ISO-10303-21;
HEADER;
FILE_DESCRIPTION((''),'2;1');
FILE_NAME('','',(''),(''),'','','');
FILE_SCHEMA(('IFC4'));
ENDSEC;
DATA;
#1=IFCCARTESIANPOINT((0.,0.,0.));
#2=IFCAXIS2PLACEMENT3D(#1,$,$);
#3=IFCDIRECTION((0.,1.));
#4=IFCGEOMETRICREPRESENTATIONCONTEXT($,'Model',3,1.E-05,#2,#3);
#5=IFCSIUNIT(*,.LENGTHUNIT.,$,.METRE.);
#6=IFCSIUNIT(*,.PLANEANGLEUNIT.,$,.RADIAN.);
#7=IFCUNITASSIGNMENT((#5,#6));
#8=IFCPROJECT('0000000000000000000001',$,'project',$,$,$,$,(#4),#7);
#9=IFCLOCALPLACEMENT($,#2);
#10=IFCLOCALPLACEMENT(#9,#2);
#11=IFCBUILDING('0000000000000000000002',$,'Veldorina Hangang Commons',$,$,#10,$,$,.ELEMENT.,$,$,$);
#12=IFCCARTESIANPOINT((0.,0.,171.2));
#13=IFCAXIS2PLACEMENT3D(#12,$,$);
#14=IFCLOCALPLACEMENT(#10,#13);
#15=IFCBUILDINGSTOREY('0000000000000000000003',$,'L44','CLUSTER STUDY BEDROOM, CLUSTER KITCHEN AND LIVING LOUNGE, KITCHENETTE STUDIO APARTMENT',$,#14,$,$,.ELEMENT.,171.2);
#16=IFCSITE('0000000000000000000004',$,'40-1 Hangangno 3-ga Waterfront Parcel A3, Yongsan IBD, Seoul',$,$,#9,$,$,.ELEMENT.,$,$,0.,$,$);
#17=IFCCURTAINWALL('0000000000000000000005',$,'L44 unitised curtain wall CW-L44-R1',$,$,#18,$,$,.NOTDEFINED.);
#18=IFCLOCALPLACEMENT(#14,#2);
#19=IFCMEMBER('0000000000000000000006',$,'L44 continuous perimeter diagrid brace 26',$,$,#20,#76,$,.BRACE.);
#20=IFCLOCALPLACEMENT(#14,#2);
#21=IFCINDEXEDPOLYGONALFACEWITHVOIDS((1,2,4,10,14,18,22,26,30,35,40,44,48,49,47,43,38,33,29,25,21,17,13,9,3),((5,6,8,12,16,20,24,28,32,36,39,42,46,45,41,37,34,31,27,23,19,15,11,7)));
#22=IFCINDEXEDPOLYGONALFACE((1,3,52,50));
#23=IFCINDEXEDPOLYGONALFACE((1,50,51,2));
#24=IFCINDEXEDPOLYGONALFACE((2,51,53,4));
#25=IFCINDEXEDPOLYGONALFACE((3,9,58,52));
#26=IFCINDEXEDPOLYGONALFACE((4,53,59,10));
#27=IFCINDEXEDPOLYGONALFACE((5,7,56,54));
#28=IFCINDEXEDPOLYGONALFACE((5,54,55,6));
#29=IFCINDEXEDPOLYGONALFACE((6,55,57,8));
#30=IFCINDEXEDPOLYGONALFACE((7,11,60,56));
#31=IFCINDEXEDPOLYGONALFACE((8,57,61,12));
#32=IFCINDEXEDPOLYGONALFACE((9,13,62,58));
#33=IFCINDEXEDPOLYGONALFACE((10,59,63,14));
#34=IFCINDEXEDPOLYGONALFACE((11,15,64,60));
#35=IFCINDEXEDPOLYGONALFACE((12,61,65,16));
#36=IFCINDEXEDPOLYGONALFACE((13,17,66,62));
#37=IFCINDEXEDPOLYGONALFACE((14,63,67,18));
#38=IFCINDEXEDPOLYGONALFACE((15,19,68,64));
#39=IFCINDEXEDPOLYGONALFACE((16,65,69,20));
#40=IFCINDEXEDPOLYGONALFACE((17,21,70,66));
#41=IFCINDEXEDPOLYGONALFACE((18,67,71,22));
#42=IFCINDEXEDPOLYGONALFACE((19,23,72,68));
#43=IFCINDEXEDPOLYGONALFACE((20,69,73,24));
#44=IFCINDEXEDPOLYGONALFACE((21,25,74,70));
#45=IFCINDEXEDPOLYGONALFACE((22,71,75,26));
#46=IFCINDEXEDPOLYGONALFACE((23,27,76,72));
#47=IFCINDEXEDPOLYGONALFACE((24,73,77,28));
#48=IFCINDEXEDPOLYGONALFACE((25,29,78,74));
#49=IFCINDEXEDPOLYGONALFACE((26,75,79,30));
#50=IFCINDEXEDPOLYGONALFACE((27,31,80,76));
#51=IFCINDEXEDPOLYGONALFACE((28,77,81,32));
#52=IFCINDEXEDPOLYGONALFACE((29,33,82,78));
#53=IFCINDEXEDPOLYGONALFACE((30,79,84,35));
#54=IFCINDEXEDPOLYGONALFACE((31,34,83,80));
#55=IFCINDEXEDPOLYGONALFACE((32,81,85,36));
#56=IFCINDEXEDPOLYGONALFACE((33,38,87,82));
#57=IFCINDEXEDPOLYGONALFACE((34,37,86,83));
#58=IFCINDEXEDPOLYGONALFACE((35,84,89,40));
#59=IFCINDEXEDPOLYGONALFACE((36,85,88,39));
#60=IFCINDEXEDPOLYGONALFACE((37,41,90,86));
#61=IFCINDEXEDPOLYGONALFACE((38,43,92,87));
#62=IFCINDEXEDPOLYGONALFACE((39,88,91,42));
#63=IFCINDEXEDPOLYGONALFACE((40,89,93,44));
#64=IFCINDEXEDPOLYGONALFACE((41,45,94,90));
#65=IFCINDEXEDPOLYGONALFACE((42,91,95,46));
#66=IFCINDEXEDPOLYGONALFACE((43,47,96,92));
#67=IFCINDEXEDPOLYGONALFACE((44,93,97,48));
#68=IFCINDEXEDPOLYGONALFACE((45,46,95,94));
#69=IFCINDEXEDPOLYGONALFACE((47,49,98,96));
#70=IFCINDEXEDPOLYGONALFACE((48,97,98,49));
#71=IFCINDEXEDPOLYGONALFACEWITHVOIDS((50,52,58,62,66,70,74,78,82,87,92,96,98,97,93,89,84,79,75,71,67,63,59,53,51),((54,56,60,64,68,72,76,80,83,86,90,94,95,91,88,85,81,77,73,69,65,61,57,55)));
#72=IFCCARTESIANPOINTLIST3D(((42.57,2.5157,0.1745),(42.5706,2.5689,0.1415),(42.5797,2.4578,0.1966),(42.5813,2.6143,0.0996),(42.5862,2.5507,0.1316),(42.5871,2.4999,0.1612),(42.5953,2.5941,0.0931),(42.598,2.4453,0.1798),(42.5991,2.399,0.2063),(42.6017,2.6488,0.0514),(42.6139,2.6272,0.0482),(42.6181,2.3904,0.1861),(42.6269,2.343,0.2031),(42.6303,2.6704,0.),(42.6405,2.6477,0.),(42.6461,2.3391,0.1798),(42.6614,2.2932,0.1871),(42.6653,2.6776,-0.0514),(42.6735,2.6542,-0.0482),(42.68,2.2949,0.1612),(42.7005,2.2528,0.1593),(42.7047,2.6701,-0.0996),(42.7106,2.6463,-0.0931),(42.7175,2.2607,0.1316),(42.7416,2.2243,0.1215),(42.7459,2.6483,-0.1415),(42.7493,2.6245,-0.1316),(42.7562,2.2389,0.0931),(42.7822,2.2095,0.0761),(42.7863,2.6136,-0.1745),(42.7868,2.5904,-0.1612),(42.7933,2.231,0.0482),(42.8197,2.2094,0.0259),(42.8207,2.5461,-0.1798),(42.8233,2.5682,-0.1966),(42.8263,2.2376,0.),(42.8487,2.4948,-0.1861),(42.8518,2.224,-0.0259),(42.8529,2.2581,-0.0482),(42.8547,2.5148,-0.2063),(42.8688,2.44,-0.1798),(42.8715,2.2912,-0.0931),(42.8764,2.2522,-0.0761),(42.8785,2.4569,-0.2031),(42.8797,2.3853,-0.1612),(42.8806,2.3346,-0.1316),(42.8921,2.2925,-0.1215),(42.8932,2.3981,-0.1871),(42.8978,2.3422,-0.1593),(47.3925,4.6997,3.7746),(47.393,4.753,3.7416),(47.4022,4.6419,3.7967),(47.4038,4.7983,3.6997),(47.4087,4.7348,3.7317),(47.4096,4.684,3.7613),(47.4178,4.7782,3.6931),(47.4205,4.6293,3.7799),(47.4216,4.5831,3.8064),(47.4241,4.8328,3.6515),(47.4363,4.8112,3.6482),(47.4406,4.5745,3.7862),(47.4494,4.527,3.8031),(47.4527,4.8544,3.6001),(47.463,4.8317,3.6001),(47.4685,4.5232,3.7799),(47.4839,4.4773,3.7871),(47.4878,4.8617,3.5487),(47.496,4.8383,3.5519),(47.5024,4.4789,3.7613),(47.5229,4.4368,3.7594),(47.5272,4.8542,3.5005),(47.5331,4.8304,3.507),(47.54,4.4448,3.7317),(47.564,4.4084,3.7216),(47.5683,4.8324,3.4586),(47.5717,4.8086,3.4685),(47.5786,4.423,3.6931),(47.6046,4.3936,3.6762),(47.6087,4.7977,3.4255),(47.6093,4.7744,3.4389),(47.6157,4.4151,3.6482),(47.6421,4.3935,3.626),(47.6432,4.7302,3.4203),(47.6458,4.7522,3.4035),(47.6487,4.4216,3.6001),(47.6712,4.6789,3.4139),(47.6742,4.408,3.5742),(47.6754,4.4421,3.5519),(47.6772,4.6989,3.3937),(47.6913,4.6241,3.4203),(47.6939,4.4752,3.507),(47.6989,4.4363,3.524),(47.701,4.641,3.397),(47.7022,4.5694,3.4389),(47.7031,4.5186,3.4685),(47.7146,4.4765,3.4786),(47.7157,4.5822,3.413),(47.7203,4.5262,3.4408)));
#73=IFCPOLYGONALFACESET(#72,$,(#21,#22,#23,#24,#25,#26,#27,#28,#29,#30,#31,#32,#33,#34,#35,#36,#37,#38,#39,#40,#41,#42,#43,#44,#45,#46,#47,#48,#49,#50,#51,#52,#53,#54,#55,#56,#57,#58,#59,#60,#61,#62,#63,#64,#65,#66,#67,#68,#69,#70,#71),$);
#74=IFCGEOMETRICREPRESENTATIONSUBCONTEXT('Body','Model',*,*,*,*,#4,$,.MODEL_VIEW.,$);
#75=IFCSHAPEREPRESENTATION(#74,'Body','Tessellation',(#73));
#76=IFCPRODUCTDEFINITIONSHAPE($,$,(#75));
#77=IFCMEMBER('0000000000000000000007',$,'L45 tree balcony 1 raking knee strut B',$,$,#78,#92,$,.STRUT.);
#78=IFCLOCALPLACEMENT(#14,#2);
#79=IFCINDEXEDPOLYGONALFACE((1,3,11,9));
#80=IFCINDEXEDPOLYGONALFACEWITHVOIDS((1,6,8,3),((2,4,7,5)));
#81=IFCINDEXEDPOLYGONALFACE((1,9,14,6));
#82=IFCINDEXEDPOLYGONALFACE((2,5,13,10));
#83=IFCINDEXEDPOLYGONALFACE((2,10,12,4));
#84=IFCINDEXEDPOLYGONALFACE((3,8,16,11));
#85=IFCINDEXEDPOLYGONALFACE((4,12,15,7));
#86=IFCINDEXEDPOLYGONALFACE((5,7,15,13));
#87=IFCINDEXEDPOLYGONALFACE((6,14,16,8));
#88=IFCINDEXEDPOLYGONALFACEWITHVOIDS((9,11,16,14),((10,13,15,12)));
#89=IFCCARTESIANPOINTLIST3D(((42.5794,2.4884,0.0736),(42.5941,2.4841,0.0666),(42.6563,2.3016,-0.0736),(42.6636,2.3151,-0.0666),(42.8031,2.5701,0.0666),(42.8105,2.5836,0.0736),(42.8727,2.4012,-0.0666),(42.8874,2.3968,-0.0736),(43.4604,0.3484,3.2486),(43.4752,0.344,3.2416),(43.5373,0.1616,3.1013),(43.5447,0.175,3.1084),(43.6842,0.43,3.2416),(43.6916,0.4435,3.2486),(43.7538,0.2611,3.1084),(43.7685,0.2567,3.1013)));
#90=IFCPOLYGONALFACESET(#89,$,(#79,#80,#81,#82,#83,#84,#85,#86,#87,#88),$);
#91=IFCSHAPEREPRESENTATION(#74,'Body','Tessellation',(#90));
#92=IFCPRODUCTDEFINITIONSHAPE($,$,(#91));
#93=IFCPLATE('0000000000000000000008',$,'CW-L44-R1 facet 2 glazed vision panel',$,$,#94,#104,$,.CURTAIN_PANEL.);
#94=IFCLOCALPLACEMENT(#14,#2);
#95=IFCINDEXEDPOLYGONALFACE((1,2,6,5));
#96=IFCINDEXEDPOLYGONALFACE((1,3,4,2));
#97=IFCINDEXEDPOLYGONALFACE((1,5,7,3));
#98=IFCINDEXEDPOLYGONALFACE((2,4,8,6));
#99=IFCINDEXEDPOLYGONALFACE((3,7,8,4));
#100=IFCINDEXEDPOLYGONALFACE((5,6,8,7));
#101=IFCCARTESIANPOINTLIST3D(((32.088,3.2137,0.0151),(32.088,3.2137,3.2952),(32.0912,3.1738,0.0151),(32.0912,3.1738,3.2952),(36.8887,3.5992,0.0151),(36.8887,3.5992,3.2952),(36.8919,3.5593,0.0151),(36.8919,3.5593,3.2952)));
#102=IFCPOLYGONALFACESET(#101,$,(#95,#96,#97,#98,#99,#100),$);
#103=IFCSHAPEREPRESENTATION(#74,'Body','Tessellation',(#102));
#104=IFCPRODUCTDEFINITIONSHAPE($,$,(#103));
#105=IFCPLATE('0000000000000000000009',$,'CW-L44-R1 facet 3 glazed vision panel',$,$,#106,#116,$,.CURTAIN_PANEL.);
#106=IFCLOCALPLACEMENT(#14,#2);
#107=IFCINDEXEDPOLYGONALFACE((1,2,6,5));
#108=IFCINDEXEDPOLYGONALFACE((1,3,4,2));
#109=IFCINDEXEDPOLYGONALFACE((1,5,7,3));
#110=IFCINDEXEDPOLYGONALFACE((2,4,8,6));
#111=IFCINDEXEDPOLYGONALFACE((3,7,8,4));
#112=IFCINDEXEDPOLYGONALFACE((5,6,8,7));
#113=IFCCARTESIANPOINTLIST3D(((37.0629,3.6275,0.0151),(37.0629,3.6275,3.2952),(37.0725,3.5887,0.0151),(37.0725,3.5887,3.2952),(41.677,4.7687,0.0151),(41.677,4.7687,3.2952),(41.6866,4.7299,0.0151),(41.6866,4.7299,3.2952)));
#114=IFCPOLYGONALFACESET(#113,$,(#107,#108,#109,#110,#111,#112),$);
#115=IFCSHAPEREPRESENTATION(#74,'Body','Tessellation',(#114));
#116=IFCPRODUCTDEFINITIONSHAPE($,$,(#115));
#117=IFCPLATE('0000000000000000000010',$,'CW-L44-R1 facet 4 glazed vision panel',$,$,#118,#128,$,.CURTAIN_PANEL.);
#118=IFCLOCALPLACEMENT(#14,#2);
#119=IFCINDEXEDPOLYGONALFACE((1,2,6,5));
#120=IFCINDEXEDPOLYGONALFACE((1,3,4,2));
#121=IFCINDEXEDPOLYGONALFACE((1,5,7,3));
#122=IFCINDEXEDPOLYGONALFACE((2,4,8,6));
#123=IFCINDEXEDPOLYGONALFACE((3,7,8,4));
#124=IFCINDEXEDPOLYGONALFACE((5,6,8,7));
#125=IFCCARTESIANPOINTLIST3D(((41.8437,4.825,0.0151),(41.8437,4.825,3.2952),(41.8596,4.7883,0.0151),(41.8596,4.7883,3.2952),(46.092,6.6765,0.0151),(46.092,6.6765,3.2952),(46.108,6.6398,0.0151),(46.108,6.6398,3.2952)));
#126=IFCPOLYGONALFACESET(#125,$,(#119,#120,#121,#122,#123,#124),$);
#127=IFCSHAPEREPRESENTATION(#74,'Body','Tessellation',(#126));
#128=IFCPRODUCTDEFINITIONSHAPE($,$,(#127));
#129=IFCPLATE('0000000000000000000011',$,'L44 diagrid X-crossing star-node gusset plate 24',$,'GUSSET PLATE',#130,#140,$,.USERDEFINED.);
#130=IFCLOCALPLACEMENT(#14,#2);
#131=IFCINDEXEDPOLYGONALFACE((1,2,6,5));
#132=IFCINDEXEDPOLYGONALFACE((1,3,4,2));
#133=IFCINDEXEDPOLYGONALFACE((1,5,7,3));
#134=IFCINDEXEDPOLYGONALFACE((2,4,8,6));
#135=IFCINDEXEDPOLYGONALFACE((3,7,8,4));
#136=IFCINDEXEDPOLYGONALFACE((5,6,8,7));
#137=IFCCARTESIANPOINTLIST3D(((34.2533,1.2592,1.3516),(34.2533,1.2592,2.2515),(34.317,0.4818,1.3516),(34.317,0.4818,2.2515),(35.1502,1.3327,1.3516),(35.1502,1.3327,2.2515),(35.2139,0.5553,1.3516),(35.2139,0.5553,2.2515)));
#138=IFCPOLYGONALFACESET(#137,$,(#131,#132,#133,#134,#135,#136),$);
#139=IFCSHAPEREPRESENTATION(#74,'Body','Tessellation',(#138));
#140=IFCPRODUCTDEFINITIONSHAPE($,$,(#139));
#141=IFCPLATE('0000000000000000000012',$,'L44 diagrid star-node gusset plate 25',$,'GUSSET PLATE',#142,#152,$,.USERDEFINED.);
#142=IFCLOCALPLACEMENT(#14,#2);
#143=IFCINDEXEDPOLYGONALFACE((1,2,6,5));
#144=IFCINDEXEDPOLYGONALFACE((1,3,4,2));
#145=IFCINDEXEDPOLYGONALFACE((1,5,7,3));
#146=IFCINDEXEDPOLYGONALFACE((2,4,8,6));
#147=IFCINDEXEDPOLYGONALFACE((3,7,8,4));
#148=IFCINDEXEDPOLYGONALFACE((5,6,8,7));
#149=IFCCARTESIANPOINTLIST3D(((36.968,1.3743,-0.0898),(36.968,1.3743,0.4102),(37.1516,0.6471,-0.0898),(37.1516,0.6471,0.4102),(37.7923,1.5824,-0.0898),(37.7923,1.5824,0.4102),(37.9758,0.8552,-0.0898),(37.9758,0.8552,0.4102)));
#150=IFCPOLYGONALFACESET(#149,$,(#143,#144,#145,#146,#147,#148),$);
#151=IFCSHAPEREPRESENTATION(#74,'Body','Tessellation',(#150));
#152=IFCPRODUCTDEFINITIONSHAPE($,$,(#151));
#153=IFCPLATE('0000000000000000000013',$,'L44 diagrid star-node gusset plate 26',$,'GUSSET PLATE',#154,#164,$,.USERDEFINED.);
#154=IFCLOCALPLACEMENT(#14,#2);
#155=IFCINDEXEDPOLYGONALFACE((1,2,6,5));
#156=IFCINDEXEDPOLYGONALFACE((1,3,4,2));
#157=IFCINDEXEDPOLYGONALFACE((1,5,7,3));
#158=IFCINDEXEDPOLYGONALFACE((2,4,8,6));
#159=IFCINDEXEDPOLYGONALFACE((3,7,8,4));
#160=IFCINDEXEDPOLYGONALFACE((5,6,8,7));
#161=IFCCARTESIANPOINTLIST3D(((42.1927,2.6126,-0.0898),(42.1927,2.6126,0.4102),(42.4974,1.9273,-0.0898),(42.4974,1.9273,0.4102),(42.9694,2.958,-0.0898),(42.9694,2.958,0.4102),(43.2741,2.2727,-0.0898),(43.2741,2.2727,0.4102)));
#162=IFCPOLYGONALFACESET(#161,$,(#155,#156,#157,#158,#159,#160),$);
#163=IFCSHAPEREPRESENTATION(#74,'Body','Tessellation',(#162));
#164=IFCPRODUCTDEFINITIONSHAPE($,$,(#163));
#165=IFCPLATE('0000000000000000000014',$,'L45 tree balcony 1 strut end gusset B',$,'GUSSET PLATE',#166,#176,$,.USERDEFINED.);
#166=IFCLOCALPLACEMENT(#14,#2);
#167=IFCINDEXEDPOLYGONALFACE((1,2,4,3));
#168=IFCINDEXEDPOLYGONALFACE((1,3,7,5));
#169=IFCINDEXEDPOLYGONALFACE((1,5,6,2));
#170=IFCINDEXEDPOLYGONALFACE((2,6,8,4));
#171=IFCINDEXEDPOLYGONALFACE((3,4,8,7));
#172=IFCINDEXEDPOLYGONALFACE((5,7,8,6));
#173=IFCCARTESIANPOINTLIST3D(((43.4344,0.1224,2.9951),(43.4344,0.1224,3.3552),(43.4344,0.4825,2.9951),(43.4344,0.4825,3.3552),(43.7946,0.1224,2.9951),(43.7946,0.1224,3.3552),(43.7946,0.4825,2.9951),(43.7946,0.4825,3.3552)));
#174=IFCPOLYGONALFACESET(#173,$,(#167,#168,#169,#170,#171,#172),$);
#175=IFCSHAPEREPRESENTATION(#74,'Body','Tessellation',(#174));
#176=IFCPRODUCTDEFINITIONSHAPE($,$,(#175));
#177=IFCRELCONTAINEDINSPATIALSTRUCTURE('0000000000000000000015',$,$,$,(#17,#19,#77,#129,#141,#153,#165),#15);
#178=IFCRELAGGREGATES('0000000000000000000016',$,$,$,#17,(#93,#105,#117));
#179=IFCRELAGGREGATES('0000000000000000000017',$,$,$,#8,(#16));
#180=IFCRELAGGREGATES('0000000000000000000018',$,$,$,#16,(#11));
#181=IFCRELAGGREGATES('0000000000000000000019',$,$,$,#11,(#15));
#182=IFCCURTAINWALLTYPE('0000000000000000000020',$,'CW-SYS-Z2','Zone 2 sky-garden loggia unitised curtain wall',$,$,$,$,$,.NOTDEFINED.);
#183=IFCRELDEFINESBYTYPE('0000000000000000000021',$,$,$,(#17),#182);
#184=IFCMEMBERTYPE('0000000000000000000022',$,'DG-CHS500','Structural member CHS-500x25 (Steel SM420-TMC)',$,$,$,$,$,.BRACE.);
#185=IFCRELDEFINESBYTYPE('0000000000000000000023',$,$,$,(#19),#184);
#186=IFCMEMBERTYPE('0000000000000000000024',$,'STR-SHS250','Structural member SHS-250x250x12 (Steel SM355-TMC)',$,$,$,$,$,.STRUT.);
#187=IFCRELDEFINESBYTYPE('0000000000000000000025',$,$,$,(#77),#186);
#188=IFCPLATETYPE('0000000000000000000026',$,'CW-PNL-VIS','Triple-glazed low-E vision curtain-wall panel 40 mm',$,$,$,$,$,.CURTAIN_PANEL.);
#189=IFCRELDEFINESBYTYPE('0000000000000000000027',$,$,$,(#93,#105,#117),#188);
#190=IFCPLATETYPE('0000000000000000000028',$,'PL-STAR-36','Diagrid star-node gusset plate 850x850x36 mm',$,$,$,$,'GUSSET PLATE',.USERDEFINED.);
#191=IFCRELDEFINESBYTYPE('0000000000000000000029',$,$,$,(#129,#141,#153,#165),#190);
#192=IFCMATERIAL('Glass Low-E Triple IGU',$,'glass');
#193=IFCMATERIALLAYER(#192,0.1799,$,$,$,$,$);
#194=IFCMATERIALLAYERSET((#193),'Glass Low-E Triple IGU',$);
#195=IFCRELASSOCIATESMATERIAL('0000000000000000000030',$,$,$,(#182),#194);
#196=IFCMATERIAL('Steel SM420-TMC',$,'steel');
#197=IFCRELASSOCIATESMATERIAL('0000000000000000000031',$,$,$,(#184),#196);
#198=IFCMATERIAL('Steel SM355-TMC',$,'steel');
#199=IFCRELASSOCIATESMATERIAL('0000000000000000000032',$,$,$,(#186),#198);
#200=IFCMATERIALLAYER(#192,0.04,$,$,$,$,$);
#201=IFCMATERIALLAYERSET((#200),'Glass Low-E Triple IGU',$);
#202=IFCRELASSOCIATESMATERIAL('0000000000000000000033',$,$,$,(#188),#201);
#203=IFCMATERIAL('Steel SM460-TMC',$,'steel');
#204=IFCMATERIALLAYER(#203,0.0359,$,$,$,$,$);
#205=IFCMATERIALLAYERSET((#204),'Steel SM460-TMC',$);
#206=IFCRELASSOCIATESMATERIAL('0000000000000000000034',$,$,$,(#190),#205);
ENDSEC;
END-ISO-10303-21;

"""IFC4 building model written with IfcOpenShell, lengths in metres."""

from ifc_helpers import new_model, si_unit, direction, frame, origin, origin_2d, place, context, subcontext, project, spatial, rectangle, hollow_rectangle, hollow_circle, extrude, material, layer, layer_set, material_profile, profile_set, type_object, element, aggregate, save


model = new_model("IFC4")

# Units and contexts
model_context = context("Model", 3, precision=1e-05, world=origin(), true_north=direction((0.0, 1.0)))
body_context = subcontext(model_context, "Body", "Model", "MODEL_VIEW")
ifc_project = project(units=[si_unit("LENGTHUNIT", "METRE"), si_unit("PLANEANGLEUNIT", "RADIAN")], contexts=[model_context])

# Site, building, storey
site_placement = place(None, origin())
site = spatial("IfcSite", under=ifc_project, at=site_placement, Name="40-1 Hangangno 3-ga Waterfront Parcel A3, Yongsan IBD, Seoul", CompositionType="ELEMENT", RefElevation=0.0)
building_placement = place(site_placement, origin())
building = spatial("IfcBuilding", under=site, at=building_placement, Name="Veldorina Hangang Commons", CompositionType="ELEMENT")
storey_placement = place(building_placement, frame((0.0, 0.0, 171.2)))
storey = spatial("IfcBuildingStorey", under=building, at=storey_placement, Name="L44", Description="CLUSTER STUDY BEDROOM, CLUSTER KITCHEN AND LIVING LOUNGE, KITCHENETTE STUDIO APARTMENT", CompositionType="ELEMENT", Elevation=171.2)

# Shared definitions
ifc_material_1 = material(Name="Steel SM355-TMC", Category="steel")
ifc_material_2 = material(Name="Steel SM420-TMC", Category="steel")

# Curtain wall
ifc_material_3 = material(Name="Glass Low-E Triple IGU", Category="glass")
ifc_layer_1 = layer(ifc_material_3, 0.1799)
ifc_layer_set_1 = layer_set([ifc_layer_1], Name="Glass Low-E Triple IGU")
curtain_wall_type = type_object("IfcCurtainWallType", Name="CW-SYS-Z2", Description="Zone 2 sky-garden loggia unitised curtain wall", PredefinedType="NOTDEFINED", material=ifc_layer_set_1)
curtain_wall_placement = place(storey_placement, origin())
curtain_wall = element("IfcCurtainWall", 1, at=curtain_wall_placement, inside=storey, type_object=curtain_wall_type, Name="L44 unitised curtain wall CW-L44-R1", PredefinedType="NOTDEFINED")

# Members
ifc_material_profile_1 = material_profile(ifc_material_2, hollow_circle(Radius=0.25, WallThickness=0.0249, at=origin_2d()), Name="CHS-500x25")
ifc_profile_set_1 = profile_set([ifc_material_profile_1], Name="Steel SM420-TMC")
member_type_1 = type_object("IfcMemberType", Name="DG-CHS500", Description="Structural member CHS-500x25 (Steel SM420-TMC)", PredefinedType="BRACE", material=ifc_profile_set_1)
member_1_placement = place(storey_placement, frame((42.7334, 2.4426, 0.0), z_axis=(0.753264, 0.341148, 0.562326), x_axis=(-0.412555, 0.910933, 0.0)))
element("IfcMember", 2, at=member_1_placement, inside=storey, type_object=member_type_1, Name="L44 continuous perimeter diagrid brace 26", PredefinedType="BRACE", context=body_context, shape_type="SweptSolid", body=[
    extrude(hollow_circle(Radius=0.25, WallThickness=0.0249, at=origin_2d()), origin(), (0.0, 0.0, 1.0), 6.4021),
])
ifc_material_profile_2 = material_profile(ifc_material_1, hollow_rectangle(XDim=0.25, YDim=0.25, WallThickness=0.012, at=origin_2d()), Name="SHS-250x250x12")
ifc_profile_set_2 = profile_set([ifc_material_profile_2], Name="Steel SM355-TMC")
member_type_2 = type_object("IfcMemberType", Name="STR-SHS250", Description="Structural member SHS-250x250x12 (Steel SM355-TMC)", PredefinedType="STRUT", material=ifc_profile_set_2)
member_2_placement = place(storey_placement, frame((42.7334, 2.4426, 0.0), z_axis=(0.224253, -0.544695, 0.808095), x_axis=(0.924698, 0.380702, 0.0)))
element("IfcMember", 3, at=member_2_placement, inside=storey, type_object=member_type_2, Name="L45 tree balcony 1 raking knee strut B", PredefinedType="STRUT", context=body_context, shape_type="SweptSolid", body=[
    extrude(hollow_rectangle(XDim=0.25, YDim=0.25, WallThickness=0.012, at=origin_2d()), origin(), (0.0, 0.0, 1.0), 3.929),
])

# Plates
ifc_layer_2 = layer(ifc_material_3, 0.04)
ifc_layer_set_2 = layer_set([ifc_layer_2], Name="Glass Low-E Triple IGU")
plate_type_1 = type_object("IfcPlateType", Name="CW-PNL-VIS", Description="Triple-glazed low-E vision curtain-wall panel 40 mm", PredefinedType="CURTAIN_PANEL", material=ifc_layer_set_2)
plate_1_placement = place(storey_placement, frame((34.49, 3.3865, 0.0151), z_axis=(0.0, 0.0, 1.0), x_axis=(0.996791, 0.080042, 0.0)))
plate_1 = element("IfcPlate", 4, at=plate_1_placement, type_object=plate_type_1, Name="CW-L44-R1 facet 2 glazed vision panel", PredefinedType="CURTAIN_PANEL", context=body_context, shape_type="SweptSolid", body=[
    extrude(rectangle(XDim=4.8162, YDim=0.04, at=origin_2d()), origin(), (0.0, 0.0, 1.0), 3.28),
])
plate_2_placement = place(storey_placement, frame((39.3748, 4.1787, 0.0151), z_axis=(0.0, 0.0, 1.0), x_axis=(0.97075, 0.240093, 0.0)))
plate_2 = element("IfcPlate", 5, at=plate_2_placement, type_object=plate_type_1, Name="CW-L44-R1 facet 3 glazed vision panel", PredefinedType="CURTAIN_PANEL", context=body_context, shape_type="SweptSolid", body=[
    extrude(rectangle(XDim=4.7532, YDim=0.04, at=origin_2d()), origin(), (0.0, 0.0, 1.0), 3.28),
])
plate_3_placement = place(storey_placement, frame((43.9758, 5.7324, 0.0151), z_axis=(0.0, 0.0, 1.0), x_axis=(0.916726, 0.399517, 0.0)))
plate_3 = element("IfcPlate", 6, at=plate_3_placement, type_object=plate_type_1, Name="CW-L44-R1 facet 4 glazed vision panel", PredefinedType="CURTAIN_PANEL", context=body_context, shape_type="SweptSolid", body=[
    extrude(rectangle(XDim=4.6343, YDim=0.04, at=origin_2d()), origin(), (0.0, 0.0, 1.0), 3.28),
])
aggregate(curtain_wall, [plate_1, plate_2, plate_3])

# Plates
ifc_material_4 = material(Name="Steel SM460-TMC", Category="steel")
ifc_layer_3 = layer(ifc_material_4, 0.0359)
ifc_layer_set_3 = layer_set([ifc_layer_3], Name="Steel SM460-TMC")
plate_type_2 = type_object("IfcPlateType", Name="PL-STAR-36", Description="Diagrid star-node gusset plate 850x850x36 mm", ElementType="GUSSET PLATE", PredefinedType="USERDEFINED", material=ifc_layer_set_3)
plate_4_placement = place(storey_placement, frame((34.7336, 0.9072, 1.3516), z_axis=(0.0, 0.0, 1.0), x_axis=(0.99666, 0.08166, 0.0)))
element("IfcPlate", 7, at=plate_4_placement, inside=storey, type_object=plate_type_2, Name="L44 diagrid X-crossing star-node gusset plate 24", ObjectType="GUSSET PLATE", PredefinedType="USERDEFINED", context=body_context, shape_type="SweptSolid", body=[
    extrude(rectangle(XDim=0.8999, YDim=0.78, at=origin_2d()), origin(), (0.0, 0.0, 1.0), 0.8999),
])
for number, where, z_axis, x_axis, name in (
    (8, (37.4719, 1.1147, -0.0898), (0.0, 0.0, 1.0), (0.969595, 0.244715, 0.0), "L44 diagrid star-node gusset plate 25"),
    (9, (42.7334, 2.4426, -0.0898), (0.0, 0.0, 1.0), (0.913737, 0.406306, 0.0), "L44 diagrid star-node gusset plate 26"),
):
    element("IfcPlate", number, at=place(storey_placement, frame(where, z_axis=z_axis, x_axis=x_axis)), inside=storey, type_object=plate_type_2, Name=name, ObjectType="GUSSET PLATE", PredefinedType="USERDEFINED", context=body_context, shape_type="SweptSolid", body=[
        extrude(rectangle(XDim=0.8501, YDim=0.75, at=origin_2d()), origin(), (0.0, 0.0, 1.0), 0.5),
    ])
plate_5_placement = place(storey_placement, frame((43.6145, 0.3025, 2.9951), z_axis=(0.0, 0.0, 1.0), x_axis=(1.0, 0.0, 0.0)))
element("IfcPlate", 10, at=plate_5_placement, inside=storey, type_object=plate_type_2, Name="L45 tree balcony 1 strut end gusset B", ObjectType="GUSSET PLATE", PredefinedType="USERDEFINED", context=body_context, shape_type="SweptSolid", body=[
    extrude(rectangle(XDim=0.3601, YDim=0.3601, at=origin_2d()), origin(), (0.0, 0.0, 1.0), 0.3601),
])

save(model, "model.ifc")
